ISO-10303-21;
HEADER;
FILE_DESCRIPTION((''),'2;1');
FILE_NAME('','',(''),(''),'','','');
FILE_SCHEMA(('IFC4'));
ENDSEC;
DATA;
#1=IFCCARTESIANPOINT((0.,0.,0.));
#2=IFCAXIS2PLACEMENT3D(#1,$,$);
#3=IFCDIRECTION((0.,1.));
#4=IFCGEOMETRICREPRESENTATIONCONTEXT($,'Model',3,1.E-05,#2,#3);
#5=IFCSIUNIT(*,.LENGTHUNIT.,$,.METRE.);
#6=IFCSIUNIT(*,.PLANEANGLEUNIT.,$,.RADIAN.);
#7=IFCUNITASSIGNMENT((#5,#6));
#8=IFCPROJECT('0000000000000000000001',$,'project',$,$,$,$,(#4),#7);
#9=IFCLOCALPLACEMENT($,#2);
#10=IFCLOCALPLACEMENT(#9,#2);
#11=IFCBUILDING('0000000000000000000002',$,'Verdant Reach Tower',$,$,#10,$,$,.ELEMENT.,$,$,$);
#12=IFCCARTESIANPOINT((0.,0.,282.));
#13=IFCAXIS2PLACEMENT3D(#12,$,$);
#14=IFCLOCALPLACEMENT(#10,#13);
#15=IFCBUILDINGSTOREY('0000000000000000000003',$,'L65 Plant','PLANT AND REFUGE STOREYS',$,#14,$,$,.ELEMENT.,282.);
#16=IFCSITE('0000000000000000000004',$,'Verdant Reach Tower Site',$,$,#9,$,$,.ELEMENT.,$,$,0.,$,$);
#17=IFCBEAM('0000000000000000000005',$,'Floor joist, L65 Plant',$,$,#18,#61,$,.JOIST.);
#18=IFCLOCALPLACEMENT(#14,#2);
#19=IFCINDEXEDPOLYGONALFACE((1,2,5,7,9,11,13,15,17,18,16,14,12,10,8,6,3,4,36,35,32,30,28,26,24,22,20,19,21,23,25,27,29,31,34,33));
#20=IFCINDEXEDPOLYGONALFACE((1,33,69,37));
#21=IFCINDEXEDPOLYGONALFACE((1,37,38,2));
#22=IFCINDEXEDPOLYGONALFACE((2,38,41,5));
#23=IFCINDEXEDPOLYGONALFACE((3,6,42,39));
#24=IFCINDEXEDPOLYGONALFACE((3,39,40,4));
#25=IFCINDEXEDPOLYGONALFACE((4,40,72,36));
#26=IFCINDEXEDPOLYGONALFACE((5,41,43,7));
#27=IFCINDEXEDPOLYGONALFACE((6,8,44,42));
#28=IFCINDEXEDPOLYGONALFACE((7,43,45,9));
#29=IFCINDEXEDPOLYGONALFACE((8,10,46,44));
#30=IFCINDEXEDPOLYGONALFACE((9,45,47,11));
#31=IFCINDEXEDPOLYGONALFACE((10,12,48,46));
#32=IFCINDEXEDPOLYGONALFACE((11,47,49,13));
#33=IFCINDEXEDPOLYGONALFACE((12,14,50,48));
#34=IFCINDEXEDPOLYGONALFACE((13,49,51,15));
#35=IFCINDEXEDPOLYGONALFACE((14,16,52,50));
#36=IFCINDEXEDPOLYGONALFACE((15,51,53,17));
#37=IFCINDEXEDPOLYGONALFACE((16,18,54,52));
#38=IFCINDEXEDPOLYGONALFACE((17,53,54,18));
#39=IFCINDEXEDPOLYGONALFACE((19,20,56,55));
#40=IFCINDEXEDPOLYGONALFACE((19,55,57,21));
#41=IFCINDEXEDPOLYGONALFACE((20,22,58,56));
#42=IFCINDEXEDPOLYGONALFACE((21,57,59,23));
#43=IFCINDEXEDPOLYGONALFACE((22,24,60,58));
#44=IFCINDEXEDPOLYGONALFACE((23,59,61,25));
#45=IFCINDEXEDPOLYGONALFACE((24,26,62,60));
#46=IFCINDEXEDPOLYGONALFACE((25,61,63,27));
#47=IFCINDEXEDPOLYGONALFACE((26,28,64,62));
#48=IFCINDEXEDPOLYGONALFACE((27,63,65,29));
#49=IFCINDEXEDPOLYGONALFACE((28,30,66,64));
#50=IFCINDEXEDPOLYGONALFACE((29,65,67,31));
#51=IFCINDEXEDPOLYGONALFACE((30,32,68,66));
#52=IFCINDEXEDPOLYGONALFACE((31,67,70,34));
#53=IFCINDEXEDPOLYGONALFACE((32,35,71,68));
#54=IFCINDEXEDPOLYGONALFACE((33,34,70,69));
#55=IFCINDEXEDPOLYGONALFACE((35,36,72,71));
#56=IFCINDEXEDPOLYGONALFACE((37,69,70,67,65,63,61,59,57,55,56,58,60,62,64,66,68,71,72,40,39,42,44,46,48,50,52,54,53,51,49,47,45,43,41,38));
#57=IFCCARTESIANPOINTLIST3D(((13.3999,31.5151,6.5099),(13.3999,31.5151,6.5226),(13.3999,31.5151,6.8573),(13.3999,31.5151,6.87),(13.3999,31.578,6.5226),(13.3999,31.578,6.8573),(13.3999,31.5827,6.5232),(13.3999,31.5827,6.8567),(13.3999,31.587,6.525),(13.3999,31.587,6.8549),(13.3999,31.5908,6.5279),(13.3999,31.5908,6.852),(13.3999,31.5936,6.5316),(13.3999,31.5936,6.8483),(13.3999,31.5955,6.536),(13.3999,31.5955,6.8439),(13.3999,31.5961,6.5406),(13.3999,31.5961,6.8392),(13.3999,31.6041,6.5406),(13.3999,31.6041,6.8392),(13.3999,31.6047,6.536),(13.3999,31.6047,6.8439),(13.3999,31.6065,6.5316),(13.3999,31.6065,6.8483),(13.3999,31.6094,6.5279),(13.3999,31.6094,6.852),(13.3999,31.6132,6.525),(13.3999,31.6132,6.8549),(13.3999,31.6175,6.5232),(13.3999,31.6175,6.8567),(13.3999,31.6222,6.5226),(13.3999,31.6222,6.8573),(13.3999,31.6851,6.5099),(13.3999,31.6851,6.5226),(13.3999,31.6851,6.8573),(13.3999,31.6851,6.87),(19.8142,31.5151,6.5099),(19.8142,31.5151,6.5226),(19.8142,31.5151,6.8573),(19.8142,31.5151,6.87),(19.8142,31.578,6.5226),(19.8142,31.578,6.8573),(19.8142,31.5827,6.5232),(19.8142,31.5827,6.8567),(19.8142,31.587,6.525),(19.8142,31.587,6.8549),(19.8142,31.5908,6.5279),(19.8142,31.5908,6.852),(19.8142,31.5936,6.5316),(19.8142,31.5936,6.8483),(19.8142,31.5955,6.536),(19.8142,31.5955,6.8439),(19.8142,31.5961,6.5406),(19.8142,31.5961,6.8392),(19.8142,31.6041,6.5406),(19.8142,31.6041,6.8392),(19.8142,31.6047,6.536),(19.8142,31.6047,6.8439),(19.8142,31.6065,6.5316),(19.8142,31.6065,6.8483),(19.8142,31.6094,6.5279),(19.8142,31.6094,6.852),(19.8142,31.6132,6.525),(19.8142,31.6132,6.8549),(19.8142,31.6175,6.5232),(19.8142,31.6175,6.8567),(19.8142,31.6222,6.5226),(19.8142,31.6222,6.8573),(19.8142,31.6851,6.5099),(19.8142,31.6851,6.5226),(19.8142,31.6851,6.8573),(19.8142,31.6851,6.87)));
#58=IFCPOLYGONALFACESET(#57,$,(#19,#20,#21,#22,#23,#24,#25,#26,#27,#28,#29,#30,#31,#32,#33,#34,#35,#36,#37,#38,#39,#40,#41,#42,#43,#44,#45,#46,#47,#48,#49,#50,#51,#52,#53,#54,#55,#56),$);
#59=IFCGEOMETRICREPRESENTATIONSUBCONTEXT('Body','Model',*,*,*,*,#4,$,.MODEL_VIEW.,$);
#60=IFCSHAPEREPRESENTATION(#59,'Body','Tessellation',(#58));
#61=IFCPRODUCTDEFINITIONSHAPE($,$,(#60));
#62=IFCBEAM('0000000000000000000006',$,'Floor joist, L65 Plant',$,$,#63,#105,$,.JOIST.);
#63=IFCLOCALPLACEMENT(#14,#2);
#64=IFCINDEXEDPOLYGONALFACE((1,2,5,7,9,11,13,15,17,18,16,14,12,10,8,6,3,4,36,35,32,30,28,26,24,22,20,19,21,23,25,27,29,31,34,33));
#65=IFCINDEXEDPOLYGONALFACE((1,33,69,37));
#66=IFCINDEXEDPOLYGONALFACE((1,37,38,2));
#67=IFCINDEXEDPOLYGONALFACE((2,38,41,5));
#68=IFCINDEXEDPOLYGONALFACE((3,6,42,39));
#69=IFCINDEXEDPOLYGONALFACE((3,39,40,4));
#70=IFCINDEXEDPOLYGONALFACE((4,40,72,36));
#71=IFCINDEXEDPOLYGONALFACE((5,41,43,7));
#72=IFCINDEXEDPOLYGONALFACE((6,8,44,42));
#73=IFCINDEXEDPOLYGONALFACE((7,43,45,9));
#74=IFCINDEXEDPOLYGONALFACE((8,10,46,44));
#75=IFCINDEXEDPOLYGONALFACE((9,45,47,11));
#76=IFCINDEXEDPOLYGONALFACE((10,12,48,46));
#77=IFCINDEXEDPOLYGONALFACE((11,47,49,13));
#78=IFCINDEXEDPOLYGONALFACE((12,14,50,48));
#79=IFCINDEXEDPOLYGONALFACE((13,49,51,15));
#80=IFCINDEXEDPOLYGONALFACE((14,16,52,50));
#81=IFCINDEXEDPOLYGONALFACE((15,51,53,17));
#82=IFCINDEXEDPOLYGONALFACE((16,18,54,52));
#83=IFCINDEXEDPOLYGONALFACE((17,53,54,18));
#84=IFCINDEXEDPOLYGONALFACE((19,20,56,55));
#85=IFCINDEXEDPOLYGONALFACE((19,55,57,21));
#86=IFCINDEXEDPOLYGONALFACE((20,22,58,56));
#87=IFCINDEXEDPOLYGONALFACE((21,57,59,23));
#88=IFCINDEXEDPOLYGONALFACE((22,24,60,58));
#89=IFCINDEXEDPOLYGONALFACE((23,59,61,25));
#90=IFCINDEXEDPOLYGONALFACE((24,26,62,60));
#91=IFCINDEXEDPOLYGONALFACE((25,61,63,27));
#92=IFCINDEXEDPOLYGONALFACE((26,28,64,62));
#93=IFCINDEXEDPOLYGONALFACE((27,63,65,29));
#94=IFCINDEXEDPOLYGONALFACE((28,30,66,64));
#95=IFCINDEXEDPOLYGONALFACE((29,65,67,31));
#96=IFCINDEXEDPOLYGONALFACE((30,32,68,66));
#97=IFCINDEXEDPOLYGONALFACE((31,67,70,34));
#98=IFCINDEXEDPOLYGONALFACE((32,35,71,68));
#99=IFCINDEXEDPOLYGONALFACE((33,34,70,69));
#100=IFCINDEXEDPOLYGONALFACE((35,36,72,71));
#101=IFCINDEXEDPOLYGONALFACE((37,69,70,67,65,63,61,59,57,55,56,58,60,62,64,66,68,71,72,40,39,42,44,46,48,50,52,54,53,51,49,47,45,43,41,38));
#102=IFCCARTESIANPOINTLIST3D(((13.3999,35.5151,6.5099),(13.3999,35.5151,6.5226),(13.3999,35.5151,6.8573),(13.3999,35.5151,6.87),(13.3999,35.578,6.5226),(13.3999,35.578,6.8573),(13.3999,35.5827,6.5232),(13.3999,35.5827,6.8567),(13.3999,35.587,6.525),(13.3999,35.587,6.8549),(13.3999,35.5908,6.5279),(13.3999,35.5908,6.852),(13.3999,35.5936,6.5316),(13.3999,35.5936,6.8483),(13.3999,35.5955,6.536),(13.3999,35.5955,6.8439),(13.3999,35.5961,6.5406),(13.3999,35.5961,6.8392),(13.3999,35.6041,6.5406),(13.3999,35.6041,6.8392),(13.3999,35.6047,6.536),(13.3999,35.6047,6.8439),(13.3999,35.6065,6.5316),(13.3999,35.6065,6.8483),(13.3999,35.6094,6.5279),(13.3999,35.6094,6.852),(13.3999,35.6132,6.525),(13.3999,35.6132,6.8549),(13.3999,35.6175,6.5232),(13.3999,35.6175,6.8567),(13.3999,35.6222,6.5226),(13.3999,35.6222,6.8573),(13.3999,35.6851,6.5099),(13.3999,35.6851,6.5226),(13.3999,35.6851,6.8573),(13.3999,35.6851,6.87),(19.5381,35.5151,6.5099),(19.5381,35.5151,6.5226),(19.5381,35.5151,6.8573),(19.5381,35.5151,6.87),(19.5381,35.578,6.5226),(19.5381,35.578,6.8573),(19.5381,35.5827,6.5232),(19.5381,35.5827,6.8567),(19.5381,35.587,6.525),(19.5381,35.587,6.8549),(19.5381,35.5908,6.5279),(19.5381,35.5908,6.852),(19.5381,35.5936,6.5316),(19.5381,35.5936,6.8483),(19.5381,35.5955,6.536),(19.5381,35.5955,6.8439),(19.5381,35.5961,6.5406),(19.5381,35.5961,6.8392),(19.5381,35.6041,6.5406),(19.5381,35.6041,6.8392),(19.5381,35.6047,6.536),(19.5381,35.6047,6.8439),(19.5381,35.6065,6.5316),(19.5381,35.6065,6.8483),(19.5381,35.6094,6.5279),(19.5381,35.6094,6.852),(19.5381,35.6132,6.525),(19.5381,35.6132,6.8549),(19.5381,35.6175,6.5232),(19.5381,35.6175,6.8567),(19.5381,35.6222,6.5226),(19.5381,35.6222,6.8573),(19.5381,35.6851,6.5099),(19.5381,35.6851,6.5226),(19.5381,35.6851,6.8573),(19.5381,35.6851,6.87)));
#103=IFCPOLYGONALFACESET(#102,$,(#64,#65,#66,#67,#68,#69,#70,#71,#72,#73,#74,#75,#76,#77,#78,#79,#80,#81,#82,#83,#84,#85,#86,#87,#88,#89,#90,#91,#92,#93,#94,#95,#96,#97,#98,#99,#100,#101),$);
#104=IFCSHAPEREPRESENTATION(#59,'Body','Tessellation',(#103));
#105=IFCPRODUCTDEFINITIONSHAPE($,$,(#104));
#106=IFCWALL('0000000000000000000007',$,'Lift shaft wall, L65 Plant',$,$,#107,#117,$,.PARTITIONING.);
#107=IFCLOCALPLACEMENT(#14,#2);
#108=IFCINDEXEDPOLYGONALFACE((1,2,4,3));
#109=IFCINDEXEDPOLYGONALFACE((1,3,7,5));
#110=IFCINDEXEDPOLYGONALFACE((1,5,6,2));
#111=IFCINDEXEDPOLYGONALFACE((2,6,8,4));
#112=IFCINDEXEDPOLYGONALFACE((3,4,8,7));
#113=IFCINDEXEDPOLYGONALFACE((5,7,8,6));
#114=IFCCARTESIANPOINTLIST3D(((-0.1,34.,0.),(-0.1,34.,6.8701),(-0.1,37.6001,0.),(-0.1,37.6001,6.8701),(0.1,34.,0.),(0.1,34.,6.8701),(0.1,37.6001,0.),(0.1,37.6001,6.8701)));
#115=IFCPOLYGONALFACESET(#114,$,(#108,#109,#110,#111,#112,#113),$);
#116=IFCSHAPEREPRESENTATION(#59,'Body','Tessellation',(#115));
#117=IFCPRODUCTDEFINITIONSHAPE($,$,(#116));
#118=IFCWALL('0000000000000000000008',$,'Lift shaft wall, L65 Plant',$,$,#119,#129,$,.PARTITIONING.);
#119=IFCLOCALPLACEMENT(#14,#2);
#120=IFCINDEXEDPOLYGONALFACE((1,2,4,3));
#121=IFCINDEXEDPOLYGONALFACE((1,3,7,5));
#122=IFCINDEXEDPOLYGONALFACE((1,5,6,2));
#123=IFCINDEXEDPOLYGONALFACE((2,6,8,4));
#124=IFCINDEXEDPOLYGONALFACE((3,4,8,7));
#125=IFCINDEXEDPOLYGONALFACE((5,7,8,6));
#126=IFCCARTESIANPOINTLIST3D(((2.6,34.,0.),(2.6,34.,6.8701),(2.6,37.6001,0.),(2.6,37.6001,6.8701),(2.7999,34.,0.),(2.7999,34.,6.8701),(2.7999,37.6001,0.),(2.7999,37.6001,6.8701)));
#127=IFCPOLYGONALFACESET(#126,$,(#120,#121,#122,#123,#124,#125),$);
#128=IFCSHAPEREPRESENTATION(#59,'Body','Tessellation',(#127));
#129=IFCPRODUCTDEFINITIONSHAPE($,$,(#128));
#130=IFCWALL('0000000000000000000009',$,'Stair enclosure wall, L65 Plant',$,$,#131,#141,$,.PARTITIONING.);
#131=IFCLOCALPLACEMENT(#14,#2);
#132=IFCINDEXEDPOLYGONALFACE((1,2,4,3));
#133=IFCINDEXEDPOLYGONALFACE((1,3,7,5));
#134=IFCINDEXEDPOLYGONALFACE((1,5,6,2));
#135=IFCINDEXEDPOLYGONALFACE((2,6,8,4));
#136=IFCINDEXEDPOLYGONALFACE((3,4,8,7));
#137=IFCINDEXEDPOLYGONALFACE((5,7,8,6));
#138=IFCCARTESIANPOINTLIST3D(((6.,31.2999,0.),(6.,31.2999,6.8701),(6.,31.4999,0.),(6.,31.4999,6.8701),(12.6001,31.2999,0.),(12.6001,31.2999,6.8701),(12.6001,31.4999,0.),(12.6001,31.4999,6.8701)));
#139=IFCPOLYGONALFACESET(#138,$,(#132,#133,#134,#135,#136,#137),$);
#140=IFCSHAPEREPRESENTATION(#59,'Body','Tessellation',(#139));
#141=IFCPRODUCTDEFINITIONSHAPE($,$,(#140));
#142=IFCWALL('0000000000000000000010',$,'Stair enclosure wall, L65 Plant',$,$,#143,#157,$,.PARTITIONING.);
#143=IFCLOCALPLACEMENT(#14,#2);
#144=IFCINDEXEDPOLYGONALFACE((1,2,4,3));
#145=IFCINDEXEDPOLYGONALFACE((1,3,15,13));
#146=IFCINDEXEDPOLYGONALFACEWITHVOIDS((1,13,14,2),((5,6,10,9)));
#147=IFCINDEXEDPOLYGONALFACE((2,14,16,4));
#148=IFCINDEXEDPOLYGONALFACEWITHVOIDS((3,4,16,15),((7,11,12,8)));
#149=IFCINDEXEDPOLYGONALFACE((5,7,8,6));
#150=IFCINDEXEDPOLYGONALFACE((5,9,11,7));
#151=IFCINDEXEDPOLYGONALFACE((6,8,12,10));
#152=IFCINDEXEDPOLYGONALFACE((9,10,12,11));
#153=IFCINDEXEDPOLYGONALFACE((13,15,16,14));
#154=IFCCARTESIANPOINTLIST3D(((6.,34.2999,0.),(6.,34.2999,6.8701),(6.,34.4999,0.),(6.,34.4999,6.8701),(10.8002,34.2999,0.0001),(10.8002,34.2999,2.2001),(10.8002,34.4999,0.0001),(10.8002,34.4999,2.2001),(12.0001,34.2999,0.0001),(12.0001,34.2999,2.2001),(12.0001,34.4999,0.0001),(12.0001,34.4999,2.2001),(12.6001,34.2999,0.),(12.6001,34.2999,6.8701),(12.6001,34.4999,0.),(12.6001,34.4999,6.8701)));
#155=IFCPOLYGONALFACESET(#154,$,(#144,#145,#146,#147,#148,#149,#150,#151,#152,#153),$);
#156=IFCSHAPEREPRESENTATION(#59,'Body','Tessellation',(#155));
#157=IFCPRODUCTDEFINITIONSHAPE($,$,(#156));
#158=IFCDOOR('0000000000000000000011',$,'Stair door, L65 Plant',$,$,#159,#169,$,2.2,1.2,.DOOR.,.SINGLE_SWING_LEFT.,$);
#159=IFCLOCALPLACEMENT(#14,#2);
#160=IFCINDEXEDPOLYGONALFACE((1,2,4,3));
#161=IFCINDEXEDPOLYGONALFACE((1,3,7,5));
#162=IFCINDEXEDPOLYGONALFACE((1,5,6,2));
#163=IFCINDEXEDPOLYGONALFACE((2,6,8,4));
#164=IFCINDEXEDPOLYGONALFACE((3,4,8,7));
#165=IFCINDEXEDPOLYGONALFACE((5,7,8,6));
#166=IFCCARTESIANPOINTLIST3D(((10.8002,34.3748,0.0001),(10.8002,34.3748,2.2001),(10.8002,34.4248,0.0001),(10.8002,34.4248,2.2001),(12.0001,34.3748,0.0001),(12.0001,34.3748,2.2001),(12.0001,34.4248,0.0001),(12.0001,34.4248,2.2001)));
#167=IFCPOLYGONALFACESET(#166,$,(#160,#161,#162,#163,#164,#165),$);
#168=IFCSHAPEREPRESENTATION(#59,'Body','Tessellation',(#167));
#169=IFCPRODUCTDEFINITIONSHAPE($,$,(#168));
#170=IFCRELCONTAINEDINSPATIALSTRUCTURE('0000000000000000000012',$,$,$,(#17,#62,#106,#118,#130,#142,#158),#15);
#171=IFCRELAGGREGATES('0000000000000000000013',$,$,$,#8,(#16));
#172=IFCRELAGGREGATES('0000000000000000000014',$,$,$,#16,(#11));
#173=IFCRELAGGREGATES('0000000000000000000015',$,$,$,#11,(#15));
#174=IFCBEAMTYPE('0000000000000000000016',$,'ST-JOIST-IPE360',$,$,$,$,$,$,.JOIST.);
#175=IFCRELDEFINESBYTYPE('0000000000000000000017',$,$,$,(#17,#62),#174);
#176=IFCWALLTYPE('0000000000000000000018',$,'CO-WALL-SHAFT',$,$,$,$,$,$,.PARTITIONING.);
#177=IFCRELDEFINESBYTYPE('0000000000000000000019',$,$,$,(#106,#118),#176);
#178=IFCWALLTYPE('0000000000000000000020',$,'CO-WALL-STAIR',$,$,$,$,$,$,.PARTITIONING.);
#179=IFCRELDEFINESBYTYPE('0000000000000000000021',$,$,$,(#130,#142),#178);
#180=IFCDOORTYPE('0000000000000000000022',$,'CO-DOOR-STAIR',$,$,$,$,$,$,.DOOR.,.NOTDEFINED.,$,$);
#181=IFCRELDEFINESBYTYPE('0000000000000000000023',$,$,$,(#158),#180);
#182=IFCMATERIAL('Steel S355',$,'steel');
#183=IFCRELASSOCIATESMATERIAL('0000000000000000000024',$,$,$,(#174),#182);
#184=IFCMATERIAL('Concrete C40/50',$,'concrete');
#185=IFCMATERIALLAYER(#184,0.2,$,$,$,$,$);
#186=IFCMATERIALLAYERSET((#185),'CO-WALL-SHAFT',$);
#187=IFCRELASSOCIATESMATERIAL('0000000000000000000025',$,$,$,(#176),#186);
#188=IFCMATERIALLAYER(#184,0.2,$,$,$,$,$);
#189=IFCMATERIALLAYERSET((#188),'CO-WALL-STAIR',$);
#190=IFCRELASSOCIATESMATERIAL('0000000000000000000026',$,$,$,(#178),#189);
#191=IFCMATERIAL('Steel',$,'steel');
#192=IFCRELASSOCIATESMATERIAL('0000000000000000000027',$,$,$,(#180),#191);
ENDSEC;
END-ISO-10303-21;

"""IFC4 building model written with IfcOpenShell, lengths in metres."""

from ifc_helpers import new_model, si_unit, direction, frame, frame_2d, origin, origin_2d, place, context, subcontext, project, spatial, rectangle, i_section, extrude, material, layer, layer_set, material_profile, profile_set, type_object, element, fill, save


model = new_model("IFC4")

# Units and contexts
model_context = context("Model", 3, precision=1e-05, world=origin(), true_north=direction((0.0, 1.0)))
body_context = subcontext(model_context, "Body", "Model", "MODEL_VIEW")
ifc_project = project(units=[si_unit("LENGTHUNIT", "METRE"), si_unit("PLANEANGLEUNIT", "RADIAN")], contexts=[model_context])

# Site, building, storey
site_placement = place(None, origin())
site = spatial("IfcSite", under=ifc_project, at=site_placement, Name="Verdant Reach Tower Site", CompositionType="ELEMENT", RefElevation=0.0)
building_placement = place(site_placement, origin())
building = spatial("IfcBuilding", under=site, at=building_placement, Name="Verdant Reach Tower", CompositionType="ELEMENT")
storey_placement = place(building_placement, frame((0.0, 0.0, 282.0)))
storey = spatial("IfcBuildingStorey", under=building, at=storey_placement, Name="L65 Plant", Description="PLANT AND REFUGE STOREYS", CompositionType="ELEMENT", Elevation=282.0)

# Beams
ifc_material_1 = material(Name="Steel S355", Category="steel")
ifc_material_profile = material_profile(ifc_material_1, i_section(OverallWidth=0.1699, OverallDepth=0.3601, WebThickness=0.0081, FlangeThickness=0.0127, FilletRadius=0.0181, at=origin_2d()), Name="IPE 360")
ifc_profile_set = profile_set([ifc_material_profile], Name="Steel S355")
beam_type = type_object("IfcBeamType", Name="ST-JOIST-IPE360", PredefinedType="JOIST", material=ifc_profile_set)
beam_1_placement = place(storey_placement, frame((13.3999, 31.6001, 6.6899), z_axis=(1.0, 0.0, 0.0), x_axis=(0.0, 1.0, 0.0)))
element("IfcBeam", 1, at=beam_1_placement, inside=storey, type_object=beam_type, Name="Floor joist, L65 Plant", PredefinedType="JOIST", context=body_context, shape_type="SweptSolid", body=[
    extrude(i_section(OverallWidth=0.1699, OverallDepth=0.3601, WebThickness=0.0081, FlangeThickness=0.0127, FilletRadius=0.0181, at=origin_2d()), origin(), (0.0, 0.0, 1.0), 6.4143),
])
beam_2_placement = place(storey_placement, frame((13.3999, 35.6001, 6.6899), z_axis=(1.0, 0.0, 0.0), x_axis=(0.0, 1.0, 0.0)))
element("IfcBeam", 2, at=beam_2_placement, inside=storey, type_object=beam_type, Name="Floor joist, L65 Plant", PredefinedType="JOIST", context=body_context, shape_type="SweptSolid", body=[
    extrude(i_section(OverallWidth=0.1699, OverallDepth=0.3601, WebThickness=0.0081, FlangeThickness=0.0127, FilletRadius=0.0181, at=origin_2d()), origin(), (0.0, 0.0, 1.0), 6.1382),
])

# Walls
ifc_material_2 = material(Name="Concrete C40/50", Category="concrete")
ifc_layer_1 = layer(ifc_material_2, 0.2)
ifc_layer_set_1 = layer_set([ifc_layer_1], Name="CO-WALL-SHAFT")
wall_type_1 = type_object("IfcWallType", Name="CO-WALL-SHAFT", PredefinedType="PARTITIONING", material=ifc_layer_set_1)
for number, where, z_axis, x_axis, name in (
    (3, (0.0, 34.0, 0.0), (0.0, 0.0, 1.0), (0.0, 1.0, 0.0), "Lift shaft wall, L65 Plant"),
    (4, (2.7, 34.0, 0.0), (0.0, 0.0, 1.0), (0.0, 1.0, 0.0), "Lift shaft wall, L65 Plant"),
):
    element("IfcWall", number, at=place(storey_placement, frame(where, z_axis=z_axis, x_axis=x_axis)), inside=storey, type_object=wall_type_1, Name=name, PredefinedType="PARTITIONING", context=body_context, shape_type="SweptSolid", body=[
        extrude(rectangle(XDim=3.6001, YDim=0.2, at=frame_2d((1.8, 0.0))), origin(), (0.0, 0.0, 1.0), 6.8701),
    ])
ifc_layer_2 = layer(ifc_material_2, 0.2)
ifc_layer_set_2 = layer_set([ifc_layer_2], Name="CO-WALL-STAIR")
wall_type_2 = type_object("IfcWallType", Name="CO-WALL-STAIR", PredefinedType="PARTITIONING", material=ifc_layer_set_2)
wall_1_placement = place(storey_placement, frame((6.0, 31.3999, 0.0), z_axis=(0.0, 0.0, 1.0), x_axis=(1.0, 0.0, 0.0)))
element("IfcWall", 5, at=wall_1_placement, inside=storey, type_object=wall_type_2, Name="Stair enclosure wall, L65 Plant", PredefinedType="PARTITIONING", context=body_context, shape_type="SweptSolid", body=[
    extrude(rectangle(XDim=6.6001, YDim=0.2, at=frame_2d((3.3, 0.0))), origin(), (0.0, 0.0, 1.0), 6.8701),
])

# Wall, opening, door
wall_2_placement = place(storey_placement, frame((6.0, 34.3999, 0.0), z_axis=(0.0, 0.0, 1.0), x_axis=(1.0, 0.0, 0.0)))
wall_2 = element("IfcWall", 6, at=wall_2_placement, inside=storey, type_object=wall_type_2, Name="Stair enclosure wall, L65 Plant", PredefinedType="PARTITIONING", context=body_context, shape_type="SweptSolid", body=[
    extrude(rectangle(XDim=6.6001, YDim=0.2, at=frame_2d((3.3, 0.0))), origin(), (0.0, 0.0, 1.0), 6.8701),
])
opening_1_placement = place(wall_2_placement, frame((4.8, 0.0, 0.0)))
opening_1 = element("IfcOpeningElement", 7, at=opening_1_placement, cuts=wall_2, PredefinedType="OPENING", context=body_context, shape_type="SweptSolid", body=[
    extrude(rectangle(XDim=1.2, YDim=2.2, at=frame_2d((0.6001, 1.1001))), frame((0.0, 0.1099, 0.0), z_axis=(0.0, -1.0, 0.0), x_axis=(1.0, 0.0, 0.0)), (0.0, 0.0, 1.0), 0.22),
])
ifc_material_3 = material(Name="Steel", Category="steel")
door_type_1 = type_object("IfcDoorType", Name="CO-DOOR-STAIR", OperationType="NOTDEFINED", PredefinedType="DOOR", material=ifc_material_3)
door_1_placement = place(opening_1_placement, origin())
door_1 = element("IfcDoor", 8, at=door_1_placement, inside=storey, type_object=door_type_1, Name="Stair door, L65 Plant", OperationType="SINGLE_SWING_LEFT", OverallHeight=2.2, OverallWidth=1.2, PredefinedType="DOOR", context=body_context, shape_type="SweptSolid", body=[
    extrude(rectangle(XDim=1.2, YDim=2.2, at=frame_2d((0.6001, 1.1001))), frame((0.0, 0.0249, 0.0), z_axis=(0.0, -1.0, 0.0), x_axis=(1.0, 0.0, 0.0)), (0.0, 0.0, 1.0), 0.05),
])
fill(opening_1, door_1)

save(model, "model.ifc")
